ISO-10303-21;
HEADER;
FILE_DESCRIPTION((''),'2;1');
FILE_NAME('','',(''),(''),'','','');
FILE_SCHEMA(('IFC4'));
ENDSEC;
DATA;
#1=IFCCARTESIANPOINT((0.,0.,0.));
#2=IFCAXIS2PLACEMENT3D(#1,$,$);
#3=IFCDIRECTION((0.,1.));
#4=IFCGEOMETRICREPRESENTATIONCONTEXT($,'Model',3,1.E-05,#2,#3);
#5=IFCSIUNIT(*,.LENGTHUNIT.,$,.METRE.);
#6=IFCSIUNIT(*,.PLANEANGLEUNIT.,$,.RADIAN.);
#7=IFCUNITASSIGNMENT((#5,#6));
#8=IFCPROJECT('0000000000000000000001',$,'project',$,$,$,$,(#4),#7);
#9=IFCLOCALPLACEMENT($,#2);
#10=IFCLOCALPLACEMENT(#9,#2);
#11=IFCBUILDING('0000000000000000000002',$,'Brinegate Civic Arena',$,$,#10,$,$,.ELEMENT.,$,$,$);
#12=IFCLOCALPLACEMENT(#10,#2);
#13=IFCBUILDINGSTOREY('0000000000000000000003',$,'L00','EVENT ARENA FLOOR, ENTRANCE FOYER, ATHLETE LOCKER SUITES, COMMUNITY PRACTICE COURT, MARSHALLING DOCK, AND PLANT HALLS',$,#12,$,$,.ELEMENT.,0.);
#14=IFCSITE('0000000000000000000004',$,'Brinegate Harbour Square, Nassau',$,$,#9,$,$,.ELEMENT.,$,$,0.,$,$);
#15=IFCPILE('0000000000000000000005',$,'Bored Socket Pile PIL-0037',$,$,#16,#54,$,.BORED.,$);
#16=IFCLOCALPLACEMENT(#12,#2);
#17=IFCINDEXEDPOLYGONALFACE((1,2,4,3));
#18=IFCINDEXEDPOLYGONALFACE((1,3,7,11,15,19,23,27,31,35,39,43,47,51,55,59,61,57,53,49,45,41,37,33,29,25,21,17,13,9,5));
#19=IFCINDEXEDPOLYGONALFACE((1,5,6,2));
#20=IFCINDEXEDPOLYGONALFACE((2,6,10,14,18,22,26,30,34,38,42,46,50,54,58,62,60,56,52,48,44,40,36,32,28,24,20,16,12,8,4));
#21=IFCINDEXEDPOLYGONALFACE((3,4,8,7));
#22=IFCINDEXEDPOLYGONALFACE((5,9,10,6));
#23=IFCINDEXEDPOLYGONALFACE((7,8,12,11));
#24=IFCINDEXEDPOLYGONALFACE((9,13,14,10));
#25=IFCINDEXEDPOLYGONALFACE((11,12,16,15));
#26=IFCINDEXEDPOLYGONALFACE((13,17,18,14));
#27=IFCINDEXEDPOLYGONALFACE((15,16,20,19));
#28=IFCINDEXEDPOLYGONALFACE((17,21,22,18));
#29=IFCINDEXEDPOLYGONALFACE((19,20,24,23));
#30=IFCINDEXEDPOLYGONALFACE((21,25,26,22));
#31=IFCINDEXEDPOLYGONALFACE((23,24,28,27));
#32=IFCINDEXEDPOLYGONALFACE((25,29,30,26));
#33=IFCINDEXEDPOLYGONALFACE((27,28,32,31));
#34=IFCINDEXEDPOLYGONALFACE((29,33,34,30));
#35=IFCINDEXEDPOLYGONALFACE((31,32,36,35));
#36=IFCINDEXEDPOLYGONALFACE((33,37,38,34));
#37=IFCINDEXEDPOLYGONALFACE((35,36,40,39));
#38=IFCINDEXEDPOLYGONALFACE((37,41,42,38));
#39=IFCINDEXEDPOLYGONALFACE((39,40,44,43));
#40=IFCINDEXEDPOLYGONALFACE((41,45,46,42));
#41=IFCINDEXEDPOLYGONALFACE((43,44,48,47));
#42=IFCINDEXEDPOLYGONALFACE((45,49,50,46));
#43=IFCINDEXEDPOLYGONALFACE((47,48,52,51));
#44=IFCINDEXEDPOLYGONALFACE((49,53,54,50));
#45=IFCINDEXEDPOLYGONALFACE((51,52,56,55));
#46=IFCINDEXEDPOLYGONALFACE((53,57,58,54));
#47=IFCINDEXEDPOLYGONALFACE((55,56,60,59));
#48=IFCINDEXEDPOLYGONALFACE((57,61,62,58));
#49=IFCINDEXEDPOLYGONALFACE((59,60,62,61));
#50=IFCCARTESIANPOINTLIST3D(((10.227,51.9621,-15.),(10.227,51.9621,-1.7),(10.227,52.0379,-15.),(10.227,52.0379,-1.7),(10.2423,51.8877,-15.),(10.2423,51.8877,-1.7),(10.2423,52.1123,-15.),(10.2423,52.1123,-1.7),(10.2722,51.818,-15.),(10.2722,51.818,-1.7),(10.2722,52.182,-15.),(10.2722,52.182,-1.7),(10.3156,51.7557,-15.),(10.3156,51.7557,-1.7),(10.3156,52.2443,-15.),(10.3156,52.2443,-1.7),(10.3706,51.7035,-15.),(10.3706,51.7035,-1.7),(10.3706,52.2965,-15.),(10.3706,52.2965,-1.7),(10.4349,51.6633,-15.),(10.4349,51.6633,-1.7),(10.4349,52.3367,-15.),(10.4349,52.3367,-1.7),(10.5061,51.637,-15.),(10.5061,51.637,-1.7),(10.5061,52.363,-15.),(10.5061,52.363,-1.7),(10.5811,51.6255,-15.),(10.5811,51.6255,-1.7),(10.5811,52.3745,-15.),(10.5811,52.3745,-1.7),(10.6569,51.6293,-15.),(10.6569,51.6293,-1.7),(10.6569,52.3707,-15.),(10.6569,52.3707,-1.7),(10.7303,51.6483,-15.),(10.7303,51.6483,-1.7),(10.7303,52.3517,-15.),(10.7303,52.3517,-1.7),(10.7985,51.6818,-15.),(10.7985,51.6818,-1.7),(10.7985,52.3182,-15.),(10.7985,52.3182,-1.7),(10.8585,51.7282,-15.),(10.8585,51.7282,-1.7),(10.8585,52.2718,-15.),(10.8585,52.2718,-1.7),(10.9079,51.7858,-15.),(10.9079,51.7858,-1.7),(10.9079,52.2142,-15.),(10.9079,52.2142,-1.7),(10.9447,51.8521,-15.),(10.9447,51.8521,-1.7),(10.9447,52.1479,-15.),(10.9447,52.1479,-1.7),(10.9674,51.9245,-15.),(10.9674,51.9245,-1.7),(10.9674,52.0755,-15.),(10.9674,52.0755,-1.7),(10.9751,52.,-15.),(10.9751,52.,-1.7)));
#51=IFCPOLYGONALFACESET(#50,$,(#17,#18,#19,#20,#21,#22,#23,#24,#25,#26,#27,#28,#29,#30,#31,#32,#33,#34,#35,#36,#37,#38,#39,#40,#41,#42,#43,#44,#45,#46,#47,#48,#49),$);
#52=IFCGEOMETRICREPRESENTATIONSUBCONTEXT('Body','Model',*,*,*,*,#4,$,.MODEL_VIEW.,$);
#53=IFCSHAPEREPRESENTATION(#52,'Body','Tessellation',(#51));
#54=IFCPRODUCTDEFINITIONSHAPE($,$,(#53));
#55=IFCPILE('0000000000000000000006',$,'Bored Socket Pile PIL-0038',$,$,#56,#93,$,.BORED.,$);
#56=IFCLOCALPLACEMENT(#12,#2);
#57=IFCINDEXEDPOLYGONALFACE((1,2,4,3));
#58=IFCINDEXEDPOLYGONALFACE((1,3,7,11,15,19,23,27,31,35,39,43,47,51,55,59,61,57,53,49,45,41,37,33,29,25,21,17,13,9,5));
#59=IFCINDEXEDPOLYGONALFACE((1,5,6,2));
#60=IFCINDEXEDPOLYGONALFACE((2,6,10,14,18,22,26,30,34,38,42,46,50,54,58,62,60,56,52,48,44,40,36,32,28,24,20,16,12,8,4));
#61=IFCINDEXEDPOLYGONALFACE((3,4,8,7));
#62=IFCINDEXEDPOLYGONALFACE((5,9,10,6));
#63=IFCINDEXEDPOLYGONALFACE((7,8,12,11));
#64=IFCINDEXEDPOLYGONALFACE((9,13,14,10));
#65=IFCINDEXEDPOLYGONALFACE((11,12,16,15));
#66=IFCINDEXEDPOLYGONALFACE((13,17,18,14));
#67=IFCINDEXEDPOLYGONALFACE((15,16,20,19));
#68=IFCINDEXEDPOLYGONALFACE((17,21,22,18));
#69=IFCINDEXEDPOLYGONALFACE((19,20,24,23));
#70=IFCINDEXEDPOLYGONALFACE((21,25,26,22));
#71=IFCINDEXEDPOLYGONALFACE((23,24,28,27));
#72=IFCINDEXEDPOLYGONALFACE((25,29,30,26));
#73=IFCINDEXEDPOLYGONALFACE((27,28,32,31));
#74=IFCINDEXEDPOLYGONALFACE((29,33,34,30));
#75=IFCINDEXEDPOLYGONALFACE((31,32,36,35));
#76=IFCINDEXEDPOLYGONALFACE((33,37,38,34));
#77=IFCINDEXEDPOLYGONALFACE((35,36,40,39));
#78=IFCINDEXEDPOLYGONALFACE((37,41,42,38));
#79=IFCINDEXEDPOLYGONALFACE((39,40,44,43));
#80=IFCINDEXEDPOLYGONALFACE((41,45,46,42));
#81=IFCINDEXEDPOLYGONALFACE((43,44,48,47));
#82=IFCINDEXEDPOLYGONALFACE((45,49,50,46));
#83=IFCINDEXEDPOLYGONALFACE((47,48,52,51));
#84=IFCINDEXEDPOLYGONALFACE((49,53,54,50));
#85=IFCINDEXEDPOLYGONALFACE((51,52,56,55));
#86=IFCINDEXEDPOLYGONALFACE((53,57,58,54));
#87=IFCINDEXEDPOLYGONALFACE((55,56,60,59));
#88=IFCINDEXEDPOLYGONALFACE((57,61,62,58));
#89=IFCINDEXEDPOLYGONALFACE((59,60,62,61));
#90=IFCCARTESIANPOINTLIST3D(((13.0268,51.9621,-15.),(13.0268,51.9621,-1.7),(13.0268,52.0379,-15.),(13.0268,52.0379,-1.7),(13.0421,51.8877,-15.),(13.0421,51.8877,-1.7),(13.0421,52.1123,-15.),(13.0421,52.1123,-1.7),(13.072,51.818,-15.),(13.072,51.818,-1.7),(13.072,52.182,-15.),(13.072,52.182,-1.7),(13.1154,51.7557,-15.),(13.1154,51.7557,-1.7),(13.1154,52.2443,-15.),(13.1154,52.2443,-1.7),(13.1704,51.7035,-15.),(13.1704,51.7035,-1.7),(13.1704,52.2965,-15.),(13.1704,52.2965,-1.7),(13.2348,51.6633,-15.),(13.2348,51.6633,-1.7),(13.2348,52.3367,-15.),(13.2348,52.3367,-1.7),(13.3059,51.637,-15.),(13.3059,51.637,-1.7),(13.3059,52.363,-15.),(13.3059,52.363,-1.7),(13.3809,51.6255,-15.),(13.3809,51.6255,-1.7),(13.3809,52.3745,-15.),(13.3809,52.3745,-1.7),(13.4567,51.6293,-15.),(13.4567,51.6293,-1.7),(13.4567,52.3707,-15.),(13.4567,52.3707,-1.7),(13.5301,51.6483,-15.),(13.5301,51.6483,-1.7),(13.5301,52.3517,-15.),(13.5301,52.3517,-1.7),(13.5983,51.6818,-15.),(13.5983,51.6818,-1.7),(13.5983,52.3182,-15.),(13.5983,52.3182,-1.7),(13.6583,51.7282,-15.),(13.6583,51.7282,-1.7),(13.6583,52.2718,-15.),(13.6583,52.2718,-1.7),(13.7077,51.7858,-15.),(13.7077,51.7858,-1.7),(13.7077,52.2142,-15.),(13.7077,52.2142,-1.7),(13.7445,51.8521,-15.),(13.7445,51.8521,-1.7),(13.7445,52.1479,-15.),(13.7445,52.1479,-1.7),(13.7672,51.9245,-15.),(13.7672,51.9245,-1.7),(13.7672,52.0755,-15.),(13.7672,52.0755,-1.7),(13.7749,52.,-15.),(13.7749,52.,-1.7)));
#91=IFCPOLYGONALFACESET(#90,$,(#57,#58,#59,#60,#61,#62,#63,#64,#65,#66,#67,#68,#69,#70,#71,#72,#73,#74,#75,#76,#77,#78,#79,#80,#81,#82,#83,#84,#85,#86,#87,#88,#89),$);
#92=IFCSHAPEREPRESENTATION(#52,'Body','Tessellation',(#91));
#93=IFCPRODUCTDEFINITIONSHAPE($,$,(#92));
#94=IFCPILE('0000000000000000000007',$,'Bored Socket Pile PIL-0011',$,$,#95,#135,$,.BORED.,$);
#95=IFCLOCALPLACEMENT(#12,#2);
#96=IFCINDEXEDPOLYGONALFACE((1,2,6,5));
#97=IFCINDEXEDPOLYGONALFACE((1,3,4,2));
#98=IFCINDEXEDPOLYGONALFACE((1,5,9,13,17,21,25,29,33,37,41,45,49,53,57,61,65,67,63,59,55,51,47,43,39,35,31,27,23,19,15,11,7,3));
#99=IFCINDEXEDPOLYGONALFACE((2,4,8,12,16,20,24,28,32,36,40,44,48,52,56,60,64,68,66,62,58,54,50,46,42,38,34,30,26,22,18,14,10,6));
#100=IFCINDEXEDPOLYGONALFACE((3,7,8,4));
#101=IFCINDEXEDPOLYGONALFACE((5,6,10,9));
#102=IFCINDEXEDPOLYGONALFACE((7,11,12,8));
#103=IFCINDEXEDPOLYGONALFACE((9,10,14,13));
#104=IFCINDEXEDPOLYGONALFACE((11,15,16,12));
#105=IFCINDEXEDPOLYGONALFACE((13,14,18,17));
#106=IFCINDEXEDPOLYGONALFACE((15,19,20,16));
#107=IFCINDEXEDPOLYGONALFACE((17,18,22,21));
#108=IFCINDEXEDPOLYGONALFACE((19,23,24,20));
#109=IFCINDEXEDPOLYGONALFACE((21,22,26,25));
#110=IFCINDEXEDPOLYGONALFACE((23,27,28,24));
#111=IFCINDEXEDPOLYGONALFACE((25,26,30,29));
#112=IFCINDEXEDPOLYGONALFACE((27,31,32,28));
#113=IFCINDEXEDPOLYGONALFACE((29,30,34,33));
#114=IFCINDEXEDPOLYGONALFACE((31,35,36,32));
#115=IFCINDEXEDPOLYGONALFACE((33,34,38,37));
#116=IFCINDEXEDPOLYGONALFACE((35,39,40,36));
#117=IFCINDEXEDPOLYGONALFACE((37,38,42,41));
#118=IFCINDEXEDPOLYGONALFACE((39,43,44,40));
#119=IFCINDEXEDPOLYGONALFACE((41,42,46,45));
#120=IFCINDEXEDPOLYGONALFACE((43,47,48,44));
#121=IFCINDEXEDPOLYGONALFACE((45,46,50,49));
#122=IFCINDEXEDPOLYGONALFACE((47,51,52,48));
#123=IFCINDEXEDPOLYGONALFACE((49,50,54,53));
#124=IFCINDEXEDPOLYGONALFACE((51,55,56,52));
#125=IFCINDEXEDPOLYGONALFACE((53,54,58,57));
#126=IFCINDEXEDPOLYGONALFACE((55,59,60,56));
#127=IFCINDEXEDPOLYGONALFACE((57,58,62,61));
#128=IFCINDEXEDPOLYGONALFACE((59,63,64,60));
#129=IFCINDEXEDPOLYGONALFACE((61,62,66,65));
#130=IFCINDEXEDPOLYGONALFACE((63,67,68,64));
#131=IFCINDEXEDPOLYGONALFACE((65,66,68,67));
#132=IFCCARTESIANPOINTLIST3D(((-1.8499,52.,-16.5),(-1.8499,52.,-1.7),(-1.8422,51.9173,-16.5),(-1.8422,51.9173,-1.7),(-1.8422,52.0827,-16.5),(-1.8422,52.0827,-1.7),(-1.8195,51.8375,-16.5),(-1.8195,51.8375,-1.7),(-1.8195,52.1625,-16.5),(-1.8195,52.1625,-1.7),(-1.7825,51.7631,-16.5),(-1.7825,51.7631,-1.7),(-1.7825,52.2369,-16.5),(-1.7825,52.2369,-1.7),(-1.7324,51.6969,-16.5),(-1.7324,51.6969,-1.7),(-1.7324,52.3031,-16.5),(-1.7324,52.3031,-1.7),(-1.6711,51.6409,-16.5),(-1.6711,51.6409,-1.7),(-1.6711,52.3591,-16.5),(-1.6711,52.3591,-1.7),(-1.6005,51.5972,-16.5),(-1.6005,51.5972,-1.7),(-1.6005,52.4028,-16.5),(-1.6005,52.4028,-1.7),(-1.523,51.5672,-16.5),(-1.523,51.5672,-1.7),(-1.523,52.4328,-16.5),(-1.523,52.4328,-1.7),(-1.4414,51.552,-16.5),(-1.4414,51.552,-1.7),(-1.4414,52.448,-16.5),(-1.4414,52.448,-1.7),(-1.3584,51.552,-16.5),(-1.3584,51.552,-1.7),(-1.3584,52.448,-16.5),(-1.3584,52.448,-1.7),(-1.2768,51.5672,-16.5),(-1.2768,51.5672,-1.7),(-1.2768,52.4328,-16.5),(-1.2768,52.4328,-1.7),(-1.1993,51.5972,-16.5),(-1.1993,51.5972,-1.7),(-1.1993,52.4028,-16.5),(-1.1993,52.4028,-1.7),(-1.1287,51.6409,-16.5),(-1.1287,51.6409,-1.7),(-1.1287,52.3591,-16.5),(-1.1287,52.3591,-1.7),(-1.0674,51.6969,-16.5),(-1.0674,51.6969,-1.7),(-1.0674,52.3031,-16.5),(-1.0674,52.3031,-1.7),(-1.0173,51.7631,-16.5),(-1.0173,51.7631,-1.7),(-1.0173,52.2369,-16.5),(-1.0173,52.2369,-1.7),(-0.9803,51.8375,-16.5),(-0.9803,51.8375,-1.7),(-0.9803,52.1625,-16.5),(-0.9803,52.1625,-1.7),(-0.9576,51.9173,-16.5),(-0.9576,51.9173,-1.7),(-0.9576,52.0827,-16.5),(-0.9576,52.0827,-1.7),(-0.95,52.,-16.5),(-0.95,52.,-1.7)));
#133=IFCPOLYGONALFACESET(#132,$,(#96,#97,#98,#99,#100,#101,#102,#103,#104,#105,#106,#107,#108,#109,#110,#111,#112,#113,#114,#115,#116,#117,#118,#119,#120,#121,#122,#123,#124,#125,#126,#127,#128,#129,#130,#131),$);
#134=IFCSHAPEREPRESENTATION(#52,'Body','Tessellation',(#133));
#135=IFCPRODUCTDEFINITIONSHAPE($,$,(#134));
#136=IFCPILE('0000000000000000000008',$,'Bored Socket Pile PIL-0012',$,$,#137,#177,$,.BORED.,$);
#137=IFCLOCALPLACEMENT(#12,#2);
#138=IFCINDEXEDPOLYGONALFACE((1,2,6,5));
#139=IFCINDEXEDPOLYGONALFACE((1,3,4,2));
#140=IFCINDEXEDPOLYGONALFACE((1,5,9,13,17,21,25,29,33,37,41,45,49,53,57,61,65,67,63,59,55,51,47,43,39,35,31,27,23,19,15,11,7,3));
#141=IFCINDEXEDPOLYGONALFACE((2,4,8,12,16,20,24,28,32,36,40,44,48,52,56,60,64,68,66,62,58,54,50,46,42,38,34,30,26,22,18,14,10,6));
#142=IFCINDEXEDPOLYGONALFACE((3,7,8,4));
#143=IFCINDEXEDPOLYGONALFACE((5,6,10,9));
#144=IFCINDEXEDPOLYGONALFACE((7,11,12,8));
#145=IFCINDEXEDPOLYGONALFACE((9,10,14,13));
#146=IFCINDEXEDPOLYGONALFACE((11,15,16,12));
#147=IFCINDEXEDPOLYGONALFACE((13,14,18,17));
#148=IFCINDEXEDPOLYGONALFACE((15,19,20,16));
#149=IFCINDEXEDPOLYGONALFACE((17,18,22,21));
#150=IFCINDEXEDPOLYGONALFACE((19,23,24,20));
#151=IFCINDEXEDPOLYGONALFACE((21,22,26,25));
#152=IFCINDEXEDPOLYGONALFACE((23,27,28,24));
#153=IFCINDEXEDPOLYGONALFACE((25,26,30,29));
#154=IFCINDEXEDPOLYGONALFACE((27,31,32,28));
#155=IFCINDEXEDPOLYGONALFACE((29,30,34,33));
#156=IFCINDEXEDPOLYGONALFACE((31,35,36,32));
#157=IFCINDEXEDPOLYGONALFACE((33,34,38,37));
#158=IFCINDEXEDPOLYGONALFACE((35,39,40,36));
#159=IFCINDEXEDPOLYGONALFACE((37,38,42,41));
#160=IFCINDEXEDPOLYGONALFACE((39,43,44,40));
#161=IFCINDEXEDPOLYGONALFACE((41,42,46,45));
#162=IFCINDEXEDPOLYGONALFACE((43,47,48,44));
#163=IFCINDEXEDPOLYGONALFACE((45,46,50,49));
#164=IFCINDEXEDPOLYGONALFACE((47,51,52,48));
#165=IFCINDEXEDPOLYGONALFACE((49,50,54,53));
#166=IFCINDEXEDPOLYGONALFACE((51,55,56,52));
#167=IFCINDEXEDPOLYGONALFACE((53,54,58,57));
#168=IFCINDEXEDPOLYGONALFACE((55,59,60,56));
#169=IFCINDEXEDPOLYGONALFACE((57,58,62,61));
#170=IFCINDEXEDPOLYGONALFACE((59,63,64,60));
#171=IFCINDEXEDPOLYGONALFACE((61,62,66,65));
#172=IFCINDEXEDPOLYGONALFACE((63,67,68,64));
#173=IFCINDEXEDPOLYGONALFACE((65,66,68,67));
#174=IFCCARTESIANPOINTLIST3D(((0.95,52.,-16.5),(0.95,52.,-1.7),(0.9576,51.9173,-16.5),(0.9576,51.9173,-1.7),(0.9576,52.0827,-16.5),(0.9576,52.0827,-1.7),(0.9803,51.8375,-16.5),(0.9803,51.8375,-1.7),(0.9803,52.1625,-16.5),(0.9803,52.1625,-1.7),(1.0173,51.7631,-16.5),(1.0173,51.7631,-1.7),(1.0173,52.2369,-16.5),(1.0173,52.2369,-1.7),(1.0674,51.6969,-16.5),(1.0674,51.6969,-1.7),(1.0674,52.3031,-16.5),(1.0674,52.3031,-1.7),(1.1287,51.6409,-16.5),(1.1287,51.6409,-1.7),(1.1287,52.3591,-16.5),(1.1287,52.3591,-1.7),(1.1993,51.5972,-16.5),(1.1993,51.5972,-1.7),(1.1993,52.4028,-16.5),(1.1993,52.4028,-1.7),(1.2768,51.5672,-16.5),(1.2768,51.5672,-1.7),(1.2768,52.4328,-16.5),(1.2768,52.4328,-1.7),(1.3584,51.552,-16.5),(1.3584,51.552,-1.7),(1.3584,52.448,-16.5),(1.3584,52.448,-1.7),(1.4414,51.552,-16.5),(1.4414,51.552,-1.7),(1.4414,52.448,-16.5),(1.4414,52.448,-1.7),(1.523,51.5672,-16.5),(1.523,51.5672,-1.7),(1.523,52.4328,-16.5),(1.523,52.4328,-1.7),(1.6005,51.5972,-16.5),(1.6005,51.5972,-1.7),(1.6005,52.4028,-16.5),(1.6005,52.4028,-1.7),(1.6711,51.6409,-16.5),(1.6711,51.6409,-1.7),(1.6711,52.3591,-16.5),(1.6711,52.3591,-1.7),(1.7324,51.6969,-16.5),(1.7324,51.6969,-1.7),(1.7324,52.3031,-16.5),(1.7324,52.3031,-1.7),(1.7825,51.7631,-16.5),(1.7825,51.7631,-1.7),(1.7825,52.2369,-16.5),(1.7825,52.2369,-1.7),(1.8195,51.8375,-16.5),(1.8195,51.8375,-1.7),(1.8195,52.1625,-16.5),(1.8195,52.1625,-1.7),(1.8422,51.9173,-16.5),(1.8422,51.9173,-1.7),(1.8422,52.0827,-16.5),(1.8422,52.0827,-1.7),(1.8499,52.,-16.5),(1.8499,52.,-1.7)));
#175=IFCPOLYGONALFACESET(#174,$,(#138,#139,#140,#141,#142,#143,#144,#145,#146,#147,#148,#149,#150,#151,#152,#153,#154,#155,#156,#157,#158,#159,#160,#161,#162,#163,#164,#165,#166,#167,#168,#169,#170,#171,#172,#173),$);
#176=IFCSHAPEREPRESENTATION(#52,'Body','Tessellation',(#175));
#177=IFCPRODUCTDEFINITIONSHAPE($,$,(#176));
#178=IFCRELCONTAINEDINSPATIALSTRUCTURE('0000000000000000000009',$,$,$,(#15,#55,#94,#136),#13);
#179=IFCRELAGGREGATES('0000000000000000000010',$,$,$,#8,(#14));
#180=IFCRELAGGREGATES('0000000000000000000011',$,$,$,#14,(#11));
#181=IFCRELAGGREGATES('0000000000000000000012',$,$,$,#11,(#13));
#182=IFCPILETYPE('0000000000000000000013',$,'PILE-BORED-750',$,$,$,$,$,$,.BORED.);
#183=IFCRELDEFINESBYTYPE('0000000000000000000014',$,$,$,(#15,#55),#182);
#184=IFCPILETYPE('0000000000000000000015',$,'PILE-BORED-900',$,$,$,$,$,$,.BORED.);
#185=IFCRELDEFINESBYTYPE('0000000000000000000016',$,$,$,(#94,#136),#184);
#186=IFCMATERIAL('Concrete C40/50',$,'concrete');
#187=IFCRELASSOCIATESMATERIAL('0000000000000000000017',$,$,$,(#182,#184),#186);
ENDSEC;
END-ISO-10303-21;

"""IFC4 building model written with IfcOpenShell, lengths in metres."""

from ifc_helpers import new_model, si_unit, direction, frame, origin, origin_2d, place, context, subcontext, project, spatial, circle, extrude, material, material_profile, profile_set, type_object, element, save


model = new_model("IFC4")

# Units and contexts
model_context = context("Model", 3, precision=1e-05, world=origin(), true_north=direction((0.0, 1.0)))
body_context = subcontext(model_context, "Body", "Model", "MODEL_VIEW")
ifc_project = project(units=[si_unit("LENGTHUNIT", "METRE"), si_unit("PLANEANGLEUNIT", "RADIAN")], contexts=[model_context])

# Site, building, storey
site_placement = place(None, origin())
site = spatial("IfcSite", under=ifc_project, at=site_placement, Name="Brinegate Harbour Square, Nassau", CompositionType="ELEMENT", RefElevation=0.0)
building_placement = place(site_placement, origin())
building = spatial("IfcBuilding", under=site, at=building_placement, Name="Brinegate Civic Arena", CompositionType="ELEMENT")
storey_placement = place(building_placement, origin())
storey = spatial("IfcBuildingStorey", under=building, at=storey_placement, Name="L00", Description="EVENT ARENA FLOOR, ENTRANCE FOYER, ATHLETE LOCKER SUITES, COMMUNITY PRACTICE COURT, MARSHALLING DOCK, AND PLANT HALLS", CompositionType="ELEMENT", Elevation=0.0)

# Shared definitions
ifc_material_1 = material(Name="Concrete C40/50", Category="concrete")

# Piles
ifc_material_profile_1 = material_profile(ifc_material_1, circle(Radius=0.375, at=origin_2d()), Name="PILED750")
ifc_profile_set_1 = profile_set([ifc_material_profile_1], Name="Concrete C40/50")
pile_type_1 = type_object("IfcPileType", Name="PILE-BORED-750", PredefinedType="BORED", material=ifc_profile_set_1)
for number, where, z_axis, x_axis, name in (
    (1, (10.6001, 52.0, -1.7), (0.0, 0.0, -1.0), (1.0, 0.0, 0.0), "Bored Socket Pile PIL-0037"),
    (2, (13.3999, 52.0, -1.7), (0.0, 0.0, -1.0), (1.0, 0.0, 0.0), "Bored Socket Pile PIL-0038"),
):
    element("IfcPile", number, at=place(storey_placement, frame(where, z_axis=z_axis, x_axis=x_axis)), inside=storey, type_object=pile_type_1, Name=name, PredefinedType="BORED", context=body_context, shape_type="SweptSolid", body=[
        extrude(circle(Radius=0.375, at=origin_2d()), origin(), (0.0, 0.0, 1.0), 13.3),
    ])
ifc_material_profile_2 = material_profile(ifc_material_1, circle(Radius=0.45, at=origin_2d()), Name="PILED900")
ifc_profile_set_2 = profile_set([ifc_material_profile_2], Name="Concrete C40/50")
pile_type_2 = type_object("IfcPileType", Name="PILE-BORED-900", PredefinedType="BORED", material=ifc_profile_set_2)
for number, where, z_axis, x_axis, name in (
    (3, (-1.3999, 52.0, -1.7), (0.0, 0.0, -1.0), (1.0, 0.0, 0.0), "Bored Socket Pile PIL-0011"),
    (4, (1.3999, 52.0, -1.7), (0.0, 0.0, -1.0), (1.0, 0.0, 0.0), "Bored Socket Pile PIL-0012"),
):
    element("IfcPile", number, at=place(storey_placement, frame(where, z_axis=z_axis, x_axis=x_axis)), inside=storey, type_object=pile_type_2, Name=name, PredefinedType="BORED", context=body_context, shape_type="SweptSolid", body=[
        extrude(circle(Radius=0.45, at=origin_2d()), origin(), (0.0, 0.0, 1.0), 14.8),
    ])

save(model, "model.ifc")
